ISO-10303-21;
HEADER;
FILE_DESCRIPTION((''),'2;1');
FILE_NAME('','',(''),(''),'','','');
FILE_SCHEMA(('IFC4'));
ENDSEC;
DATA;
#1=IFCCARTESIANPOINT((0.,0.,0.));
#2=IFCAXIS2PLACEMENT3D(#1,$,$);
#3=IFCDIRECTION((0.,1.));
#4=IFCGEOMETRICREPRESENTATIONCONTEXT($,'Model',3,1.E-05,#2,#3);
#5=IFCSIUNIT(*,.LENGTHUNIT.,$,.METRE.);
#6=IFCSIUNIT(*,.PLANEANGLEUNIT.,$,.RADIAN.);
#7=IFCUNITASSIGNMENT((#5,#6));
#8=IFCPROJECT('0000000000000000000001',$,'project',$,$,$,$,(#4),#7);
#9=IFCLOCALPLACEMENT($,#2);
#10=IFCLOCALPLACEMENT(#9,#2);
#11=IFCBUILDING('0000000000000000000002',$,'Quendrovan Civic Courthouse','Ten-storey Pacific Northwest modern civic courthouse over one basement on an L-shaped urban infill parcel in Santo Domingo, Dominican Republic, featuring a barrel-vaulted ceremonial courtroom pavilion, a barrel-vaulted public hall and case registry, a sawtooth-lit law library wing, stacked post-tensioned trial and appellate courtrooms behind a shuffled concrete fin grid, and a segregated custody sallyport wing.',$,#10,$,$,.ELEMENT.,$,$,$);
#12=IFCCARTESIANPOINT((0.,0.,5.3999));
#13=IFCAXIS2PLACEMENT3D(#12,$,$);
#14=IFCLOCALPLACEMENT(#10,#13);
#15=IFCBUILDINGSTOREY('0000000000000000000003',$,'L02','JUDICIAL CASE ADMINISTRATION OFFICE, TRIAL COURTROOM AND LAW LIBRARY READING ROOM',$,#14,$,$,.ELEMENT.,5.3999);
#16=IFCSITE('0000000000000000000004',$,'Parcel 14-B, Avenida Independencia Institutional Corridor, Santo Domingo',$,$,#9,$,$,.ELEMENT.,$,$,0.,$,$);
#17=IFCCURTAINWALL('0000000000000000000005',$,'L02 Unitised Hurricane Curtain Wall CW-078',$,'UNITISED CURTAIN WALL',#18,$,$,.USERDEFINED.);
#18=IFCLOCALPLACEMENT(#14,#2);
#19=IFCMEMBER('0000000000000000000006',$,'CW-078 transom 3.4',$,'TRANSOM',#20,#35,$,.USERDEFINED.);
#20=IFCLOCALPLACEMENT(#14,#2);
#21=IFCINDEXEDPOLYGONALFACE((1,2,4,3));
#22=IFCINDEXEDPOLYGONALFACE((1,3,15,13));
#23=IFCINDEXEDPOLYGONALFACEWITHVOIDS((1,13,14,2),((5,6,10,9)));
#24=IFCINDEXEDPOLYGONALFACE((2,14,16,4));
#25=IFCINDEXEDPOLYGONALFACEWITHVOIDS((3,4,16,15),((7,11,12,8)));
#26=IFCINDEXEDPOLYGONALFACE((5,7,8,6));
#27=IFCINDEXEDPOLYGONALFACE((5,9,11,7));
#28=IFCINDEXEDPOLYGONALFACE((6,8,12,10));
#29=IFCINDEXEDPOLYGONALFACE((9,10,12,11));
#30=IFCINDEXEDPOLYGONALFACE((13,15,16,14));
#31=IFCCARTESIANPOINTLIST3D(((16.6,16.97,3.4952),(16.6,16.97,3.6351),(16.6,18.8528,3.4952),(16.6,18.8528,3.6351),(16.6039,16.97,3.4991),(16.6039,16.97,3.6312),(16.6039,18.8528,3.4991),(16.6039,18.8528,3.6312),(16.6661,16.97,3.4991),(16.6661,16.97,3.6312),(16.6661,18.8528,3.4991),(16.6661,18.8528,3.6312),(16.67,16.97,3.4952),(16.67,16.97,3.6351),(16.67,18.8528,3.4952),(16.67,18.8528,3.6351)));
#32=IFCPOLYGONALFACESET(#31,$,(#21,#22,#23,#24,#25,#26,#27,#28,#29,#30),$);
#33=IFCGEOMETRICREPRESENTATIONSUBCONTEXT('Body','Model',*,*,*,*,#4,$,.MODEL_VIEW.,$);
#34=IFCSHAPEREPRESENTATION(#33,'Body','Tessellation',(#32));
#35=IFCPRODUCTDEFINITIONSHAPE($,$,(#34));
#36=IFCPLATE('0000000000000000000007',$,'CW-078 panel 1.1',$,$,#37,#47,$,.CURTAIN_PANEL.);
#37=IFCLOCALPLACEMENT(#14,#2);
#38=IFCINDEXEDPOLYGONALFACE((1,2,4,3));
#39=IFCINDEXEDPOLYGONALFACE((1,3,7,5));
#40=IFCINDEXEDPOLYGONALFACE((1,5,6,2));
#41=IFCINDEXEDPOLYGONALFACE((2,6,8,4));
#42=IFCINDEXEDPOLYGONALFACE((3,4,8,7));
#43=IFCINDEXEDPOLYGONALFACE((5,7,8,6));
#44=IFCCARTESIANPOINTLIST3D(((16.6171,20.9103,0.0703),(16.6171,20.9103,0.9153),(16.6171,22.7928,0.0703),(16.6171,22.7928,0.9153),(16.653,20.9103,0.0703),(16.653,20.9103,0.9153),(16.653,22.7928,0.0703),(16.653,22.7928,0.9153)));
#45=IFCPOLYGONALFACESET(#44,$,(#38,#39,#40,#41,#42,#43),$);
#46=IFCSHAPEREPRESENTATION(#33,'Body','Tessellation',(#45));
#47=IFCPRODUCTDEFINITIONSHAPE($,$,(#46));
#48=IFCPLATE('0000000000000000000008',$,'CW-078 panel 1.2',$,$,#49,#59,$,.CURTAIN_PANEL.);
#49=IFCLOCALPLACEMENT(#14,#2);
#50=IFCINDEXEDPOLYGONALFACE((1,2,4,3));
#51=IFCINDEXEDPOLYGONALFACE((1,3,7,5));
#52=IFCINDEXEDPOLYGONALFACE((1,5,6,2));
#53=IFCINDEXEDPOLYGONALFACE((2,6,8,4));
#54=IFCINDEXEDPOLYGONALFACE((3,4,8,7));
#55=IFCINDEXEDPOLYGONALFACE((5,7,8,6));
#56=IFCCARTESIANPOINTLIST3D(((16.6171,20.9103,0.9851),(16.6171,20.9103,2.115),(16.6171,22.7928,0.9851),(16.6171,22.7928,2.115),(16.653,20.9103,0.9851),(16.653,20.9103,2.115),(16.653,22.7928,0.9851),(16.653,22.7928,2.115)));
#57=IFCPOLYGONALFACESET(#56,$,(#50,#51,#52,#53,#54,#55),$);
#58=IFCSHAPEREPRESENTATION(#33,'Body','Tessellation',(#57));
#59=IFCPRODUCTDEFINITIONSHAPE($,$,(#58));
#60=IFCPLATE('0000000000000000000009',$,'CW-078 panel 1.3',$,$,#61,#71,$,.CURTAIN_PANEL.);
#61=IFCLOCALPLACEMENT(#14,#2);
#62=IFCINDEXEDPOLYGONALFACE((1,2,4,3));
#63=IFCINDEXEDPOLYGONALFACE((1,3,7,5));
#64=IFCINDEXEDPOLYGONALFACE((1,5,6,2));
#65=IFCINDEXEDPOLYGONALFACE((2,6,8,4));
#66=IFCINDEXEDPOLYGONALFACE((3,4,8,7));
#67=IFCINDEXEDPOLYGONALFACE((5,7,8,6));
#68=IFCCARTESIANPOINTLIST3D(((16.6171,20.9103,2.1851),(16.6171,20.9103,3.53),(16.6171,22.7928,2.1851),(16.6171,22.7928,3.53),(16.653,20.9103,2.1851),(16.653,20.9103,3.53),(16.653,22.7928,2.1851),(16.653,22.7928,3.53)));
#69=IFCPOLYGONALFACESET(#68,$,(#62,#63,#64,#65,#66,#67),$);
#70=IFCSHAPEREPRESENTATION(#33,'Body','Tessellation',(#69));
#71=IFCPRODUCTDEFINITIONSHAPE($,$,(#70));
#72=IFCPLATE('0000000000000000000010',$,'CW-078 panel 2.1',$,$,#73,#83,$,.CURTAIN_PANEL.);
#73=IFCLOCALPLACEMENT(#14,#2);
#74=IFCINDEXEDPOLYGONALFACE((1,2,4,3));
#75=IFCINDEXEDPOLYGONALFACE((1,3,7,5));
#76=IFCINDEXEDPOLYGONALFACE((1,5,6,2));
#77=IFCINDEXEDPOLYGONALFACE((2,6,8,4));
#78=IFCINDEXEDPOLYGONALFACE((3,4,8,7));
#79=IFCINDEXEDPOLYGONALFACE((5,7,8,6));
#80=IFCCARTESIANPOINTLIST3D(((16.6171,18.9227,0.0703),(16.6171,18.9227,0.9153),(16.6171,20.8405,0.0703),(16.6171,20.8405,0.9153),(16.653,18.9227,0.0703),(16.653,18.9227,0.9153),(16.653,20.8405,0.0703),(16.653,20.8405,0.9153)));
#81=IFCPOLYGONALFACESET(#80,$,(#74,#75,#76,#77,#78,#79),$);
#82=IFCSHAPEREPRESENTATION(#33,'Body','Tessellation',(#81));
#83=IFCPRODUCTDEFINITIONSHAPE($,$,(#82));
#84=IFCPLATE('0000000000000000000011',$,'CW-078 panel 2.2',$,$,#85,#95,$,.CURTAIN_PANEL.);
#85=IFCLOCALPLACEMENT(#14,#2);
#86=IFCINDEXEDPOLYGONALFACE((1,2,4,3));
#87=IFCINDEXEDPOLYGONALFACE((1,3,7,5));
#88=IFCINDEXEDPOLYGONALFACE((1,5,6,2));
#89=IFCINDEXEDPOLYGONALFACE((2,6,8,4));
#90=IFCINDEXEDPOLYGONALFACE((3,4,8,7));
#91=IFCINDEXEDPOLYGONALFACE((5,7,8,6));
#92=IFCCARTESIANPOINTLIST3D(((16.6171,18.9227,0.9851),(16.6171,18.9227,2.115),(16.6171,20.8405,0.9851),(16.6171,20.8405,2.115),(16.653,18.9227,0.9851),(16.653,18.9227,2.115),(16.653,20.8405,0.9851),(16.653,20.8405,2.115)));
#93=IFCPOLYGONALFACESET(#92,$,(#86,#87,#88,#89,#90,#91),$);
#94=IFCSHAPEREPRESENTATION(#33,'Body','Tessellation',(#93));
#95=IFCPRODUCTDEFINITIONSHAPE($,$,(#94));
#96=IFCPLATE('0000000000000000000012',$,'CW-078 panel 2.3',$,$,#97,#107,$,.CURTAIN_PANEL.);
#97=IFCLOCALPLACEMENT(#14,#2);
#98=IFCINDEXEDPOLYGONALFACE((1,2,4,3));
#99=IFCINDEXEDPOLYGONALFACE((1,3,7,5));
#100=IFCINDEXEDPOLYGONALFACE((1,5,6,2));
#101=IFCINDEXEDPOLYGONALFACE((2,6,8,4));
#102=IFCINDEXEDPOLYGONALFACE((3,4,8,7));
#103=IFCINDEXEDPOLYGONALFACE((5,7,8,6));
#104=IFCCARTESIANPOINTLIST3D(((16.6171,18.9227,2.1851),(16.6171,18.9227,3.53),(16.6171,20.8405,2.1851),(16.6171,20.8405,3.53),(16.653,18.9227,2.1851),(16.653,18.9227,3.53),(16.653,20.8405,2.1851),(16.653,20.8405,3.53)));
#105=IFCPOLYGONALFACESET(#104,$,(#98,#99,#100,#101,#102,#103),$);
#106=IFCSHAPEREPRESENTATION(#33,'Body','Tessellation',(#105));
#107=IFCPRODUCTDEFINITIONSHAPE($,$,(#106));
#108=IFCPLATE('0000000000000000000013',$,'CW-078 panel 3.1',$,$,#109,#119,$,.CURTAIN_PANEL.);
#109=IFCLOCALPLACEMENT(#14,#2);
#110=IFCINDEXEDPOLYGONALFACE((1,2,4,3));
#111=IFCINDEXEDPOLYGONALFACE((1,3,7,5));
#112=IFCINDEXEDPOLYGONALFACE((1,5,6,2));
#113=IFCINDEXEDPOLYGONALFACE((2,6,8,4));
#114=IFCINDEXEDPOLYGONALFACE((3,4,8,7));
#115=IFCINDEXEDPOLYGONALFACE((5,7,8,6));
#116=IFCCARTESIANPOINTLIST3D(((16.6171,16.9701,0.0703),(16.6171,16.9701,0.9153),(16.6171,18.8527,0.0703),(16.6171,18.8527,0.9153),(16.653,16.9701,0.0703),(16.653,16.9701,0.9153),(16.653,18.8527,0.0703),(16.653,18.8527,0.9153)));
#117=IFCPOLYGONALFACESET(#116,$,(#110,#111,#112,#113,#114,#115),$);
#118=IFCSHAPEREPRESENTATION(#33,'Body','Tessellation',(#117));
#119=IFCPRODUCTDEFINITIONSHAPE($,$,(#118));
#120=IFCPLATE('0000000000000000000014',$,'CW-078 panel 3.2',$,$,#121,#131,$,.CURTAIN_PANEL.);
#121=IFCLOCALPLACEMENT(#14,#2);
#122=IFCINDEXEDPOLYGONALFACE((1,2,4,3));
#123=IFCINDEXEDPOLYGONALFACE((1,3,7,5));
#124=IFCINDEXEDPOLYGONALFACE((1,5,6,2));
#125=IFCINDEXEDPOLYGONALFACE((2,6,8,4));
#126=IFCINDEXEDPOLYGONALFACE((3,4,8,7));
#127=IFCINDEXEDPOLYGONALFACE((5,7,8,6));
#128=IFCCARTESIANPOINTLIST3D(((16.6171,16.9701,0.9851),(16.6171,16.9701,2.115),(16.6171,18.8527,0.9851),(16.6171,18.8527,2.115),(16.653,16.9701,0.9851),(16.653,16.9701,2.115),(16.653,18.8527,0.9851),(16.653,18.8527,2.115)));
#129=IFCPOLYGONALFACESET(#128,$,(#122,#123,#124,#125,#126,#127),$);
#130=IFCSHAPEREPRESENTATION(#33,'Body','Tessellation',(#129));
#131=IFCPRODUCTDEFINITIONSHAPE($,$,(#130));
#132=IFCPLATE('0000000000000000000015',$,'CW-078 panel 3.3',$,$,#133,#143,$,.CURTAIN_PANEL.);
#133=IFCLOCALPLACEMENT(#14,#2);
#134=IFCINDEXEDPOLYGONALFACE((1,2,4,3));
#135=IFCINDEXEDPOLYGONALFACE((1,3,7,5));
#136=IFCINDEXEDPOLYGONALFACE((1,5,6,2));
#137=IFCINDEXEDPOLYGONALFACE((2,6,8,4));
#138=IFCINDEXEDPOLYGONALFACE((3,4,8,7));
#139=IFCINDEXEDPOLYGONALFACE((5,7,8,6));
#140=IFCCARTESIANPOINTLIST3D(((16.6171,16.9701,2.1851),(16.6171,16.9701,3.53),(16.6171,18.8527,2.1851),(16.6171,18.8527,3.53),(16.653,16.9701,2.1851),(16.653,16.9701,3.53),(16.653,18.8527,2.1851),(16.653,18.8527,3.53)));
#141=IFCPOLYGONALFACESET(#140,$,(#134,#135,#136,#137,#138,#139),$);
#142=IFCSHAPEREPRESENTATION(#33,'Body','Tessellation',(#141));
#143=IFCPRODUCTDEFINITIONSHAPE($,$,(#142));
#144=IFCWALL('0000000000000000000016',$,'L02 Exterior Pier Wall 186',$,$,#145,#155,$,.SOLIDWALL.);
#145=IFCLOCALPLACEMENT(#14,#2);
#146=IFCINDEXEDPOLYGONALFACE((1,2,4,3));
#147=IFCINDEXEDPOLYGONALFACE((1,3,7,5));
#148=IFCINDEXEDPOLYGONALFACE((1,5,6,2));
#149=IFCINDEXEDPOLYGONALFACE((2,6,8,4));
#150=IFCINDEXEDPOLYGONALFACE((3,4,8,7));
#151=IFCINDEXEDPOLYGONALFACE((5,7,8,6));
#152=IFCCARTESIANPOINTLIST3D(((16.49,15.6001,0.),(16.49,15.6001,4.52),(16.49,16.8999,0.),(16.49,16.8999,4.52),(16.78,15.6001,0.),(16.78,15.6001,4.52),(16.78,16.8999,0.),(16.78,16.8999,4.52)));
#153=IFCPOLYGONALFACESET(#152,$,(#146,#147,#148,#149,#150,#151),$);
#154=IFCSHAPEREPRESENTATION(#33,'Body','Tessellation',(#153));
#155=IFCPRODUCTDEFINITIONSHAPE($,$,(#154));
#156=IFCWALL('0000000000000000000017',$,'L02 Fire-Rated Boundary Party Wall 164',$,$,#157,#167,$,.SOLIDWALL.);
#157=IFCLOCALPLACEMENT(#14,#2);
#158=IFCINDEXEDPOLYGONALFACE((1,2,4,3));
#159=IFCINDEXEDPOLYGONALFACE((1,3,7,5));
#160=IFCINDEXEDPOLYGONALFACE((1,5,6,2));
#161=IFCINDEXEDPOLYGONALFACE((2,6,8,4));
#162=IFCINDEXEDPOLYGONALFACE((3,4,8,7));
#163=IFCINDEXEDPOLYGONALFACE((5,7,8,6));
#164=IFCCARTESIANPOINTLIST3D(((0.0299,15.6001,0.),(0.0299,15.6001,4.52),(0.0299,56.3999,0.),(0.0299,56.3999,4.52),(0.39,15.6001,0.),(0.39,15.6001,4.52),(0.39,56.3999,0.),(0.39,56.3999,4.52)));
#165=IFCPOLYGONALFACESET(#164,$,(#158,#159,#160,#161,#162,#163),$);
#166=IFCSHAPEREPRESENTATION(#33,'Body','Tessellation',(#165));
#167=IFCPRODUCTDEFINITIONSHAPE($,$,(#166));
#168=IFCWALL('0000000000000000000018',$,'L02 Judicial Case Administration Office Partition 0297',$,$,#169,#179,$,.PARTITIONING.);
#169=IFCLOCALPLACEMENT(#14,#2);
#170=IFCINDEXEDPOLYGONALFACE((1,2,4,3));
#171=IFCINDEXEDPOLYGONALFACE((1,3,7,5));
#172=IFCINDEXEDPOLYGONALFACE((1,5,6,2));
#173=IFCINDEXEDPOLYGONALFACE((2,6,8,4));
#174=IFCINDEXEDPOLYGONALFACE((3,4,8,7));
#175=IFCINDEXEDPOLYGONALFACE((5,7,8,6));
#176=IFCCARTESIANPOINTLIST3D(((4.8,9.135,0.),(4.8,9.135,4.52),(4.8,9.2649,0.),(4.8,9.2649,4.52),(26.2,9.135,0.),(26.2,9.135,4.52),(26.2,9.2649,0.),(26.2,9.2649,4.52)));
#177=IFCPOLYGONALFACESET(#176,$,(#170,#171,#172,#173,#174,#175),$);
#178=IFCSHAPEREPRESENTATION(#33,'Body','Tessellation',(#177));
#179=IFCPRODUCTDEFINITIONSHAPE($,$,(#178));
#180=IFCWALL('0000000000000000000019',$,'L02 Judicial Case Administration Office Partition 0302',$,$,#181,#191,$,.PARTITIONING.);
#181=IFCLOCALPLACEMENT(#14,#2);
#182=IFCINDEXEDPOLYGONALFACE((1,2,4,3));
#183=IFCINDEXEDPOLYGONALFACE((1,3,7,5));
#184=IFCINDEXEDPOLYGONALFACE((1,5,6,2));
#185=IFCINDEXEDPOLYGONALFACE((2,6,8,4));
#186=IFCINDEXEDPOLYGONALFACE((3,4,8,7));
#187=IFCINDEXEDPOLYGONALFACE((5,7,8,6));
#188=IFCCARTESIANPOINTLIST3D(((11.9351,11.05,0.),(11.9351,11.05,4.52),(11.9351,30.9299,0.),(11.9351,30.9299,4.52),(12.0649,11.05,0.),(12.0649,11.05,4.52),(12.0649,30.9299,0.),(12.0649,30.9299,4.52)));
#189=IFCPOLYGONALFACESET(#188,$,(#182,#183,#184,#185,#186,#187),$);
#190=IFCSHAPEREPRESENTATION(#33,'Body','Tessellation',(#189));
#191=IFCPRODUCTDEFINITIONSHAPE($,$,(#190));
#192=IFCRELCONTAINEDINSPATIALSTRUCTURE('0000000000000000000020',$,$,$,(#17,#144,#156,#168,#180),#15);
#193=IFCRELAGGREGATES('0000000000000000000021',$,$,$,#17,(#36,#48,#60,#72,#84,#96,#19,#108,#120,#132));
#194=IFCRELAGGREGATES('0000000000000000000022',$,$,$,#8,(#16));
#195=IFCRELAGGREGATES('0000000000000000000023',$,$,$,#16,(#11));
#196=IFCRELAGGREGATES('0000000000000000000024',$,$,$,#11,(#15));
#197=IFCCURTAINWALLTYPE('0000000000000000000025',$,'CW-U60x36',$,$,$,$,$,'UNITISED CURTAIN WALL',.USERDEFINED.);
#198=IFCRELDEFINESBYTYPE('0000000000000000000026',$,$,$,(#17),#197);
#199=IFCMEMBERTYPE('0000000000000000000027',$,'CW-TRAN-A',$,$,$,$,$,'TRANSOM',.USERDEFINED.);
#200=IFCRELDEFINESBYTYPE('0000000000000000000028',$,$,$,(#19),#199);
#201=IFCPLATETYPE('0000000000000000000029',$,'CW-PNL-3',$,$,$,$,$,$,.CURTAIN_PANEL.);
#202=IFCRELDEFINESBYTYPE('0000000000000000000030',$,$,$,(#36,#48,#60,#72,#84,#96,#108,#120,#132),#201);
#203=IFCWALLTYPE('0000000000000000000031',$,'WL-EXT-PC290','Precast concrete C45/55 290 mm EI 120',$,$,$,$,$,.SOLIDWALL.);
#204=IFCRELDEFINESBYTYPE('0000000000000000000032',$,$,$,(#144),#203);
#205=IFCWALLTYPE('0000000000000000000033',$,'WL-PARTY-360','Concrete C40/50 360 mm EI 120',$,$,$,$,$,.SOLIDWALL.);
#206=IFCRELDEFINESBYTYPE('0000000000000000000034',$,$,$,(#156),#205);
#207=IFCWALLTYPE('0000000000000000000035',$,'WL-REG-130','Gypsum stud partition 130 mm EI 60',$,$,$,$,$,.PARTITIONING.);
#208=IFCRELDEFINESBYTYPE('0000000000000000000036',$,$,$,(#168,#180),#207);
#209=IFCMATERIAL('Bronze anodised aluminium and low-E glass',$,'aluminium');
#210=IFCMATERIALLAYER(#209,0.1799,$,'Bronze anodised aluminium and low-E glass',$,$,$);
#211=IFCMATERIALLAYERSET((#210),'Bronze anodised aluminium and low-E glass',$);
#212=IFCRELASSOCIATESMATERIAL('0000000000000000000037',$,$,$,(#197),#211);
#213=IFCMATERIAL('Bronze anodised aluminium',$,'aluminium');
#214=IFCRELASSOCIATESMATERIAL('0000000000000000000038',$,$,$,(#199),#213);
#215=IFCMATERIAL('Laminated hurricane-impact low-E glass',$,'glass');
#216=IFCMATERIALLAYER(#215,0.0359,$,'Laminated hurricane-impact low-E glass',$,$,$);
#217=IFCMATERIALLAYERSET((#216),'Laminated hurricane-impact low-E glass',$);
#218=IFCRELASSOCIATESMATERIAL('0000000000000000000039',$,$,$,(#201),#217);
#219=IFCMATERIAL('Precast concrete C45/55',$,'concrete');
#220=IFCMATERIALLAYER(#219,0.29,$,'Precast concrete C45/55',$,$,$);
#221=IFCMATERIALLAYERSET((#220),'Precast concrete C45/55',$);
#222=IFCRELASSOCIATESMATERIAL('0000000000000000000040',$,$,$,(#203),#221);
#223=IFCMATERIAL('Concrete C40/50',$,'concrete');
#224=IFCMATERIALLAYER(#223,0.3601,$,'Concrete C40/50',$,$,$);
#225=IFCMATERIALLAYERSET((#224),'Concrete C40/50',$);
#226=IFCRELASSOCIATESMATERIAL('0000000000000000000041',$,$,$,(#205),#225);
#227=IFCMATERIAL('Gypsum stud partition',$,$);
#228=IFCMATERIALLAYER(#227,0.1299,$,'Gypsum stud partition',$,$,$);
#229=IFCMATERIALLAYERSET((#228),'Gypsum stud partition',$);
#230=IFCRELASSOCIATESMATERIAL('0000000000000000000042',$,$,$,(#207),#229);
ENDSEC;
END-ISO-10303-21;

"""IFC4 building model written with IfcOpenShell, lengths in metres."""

from ifc_helpers import new_model, si_unit, direction, frame, frame_2d, origin, origin_2d, place, context, subcontext, project, spatial, rectangle, hollow_rectangle, extrude, material, layer, layer_set, material_profile, profile_set, type_object, element, aggregate, save


model = new_model("IFC4")

# Units and contexts
model_context = context("Model", 3, precision=1e-05, world=origin(), true_north=direction((0.0, 1.0)))
body_context = subcontext(model_context, "Body", "Model", "MODEL_VIEW")
ifc_project = project(units=[si_unit("LENGTHUNIT", "METRE"), si_unit("PLANEANGLEUNIT", "RADIAN")], contexts=[model_context])

# Site, building, storey
site_placement = place(None, origin())
site = spatial("IfcSite", under=ifc_project, at=site_placement, Name="Parcel 14-B, Avenida Independencia Institutional Corridor, Santo Domingo", CompositionType="ELEMENT", RefElevation=0.0)
building_placement = place(site_placement, origin())
building = spatial("IfcBuilding", under=site, at=building_placement, Name="Quendrovan Civic Courthouse", Description="Ten-storey Pacific Northwest modern civic courthouse over one basement on an L-shaped urban infill parcel in Santo Domingo, Dominican Republic, featuring a barrel-vaulted ceremonial courtroom pavilion, a barrel-vaulted public hall and case registry, a sawtooth-lit law library wing, stacked post-tensioned trial and appellate courtrooms behind a shuffled concrete fin grid, and a segregated custody sallyport wing.", CompositionType="ELEMENT")
storey_placement = place(building_placement, frame((0.0, 0.0, 5.3999)))
storey = spatial("IfcBuildingStorey", under=building, at=storey_placement, Name="L02", Description="JUDICIAL CASE ADMINISTRATION OFFICE, TRIAL COURTROOM AND LAW LIBRARY READING ROOM", CompositionType="ELEMENT", Elevation=5.3999)

# Shared definitions
ifc_material_1 = material(Name="Concrete C40/50", Category="concrete")

# Curtain wall, member, plates
ifc_material_2 = material(Name="Bronze anodised aluminium and low-E glass", Category="aluminium")
ifc_layer_1 = layer(ifc_material_2, 0.1799, Name="Bronze anodised aluminium and low-E glass")
ifc_layer_set_1 = layer_set([ifc_layer_1], Name="Bronze anodised aluminium and low-E glass")
curtain_wall_type = type_object("IfcCurtainWallType", Name="CW-U60x36", ElementType="UNITISED CURTAIN WALL", PredefinedType="USERDEFINED", material=ifc_layer_set_1)
curtain_wall_placement = place(storey_placement, origin())
curtain_wall = element("IfcCurtainWall", 1, at=curtain_wall_placement, inside=storey, type_object=curtain_wall_type, Name="L02 Unitised Hurricane Curtain Wall CW-078", ObjectType="UNITISED CURTAIN WALL", PredefinedType="USERDEFINED")
ifc_material_3 = material(Name="Bronze anodised aluminium", Category="aluminium")
ifc_material_profile_1 = material_profile(ifc_material_3, hollow_rectangle(XDim=0.0701, YDim=0.1399, WallThickness=0.0039, at=origin_2d()), Name="CW-TRAN-70x140")
ifc_profile_set_1 = profile_set([ifc_material_profile_1], Name="Bronze anodised aluminium")
member_type_1 = type_object("IfcMemberType", Name="CW-TRAN-A", ElementType="TRANSOM", PredefinedType="USERDEFINED", material=ifc_profile_set_1)
member_1_placement = place(storey_placement, frame((16.635, 18.8528, 3.5652), z_axis=(0.0, -1.0, 0.0), x_axis=(1.0, 0.0, 0.0)))
member_1 = element("IfcMember", 2, at=member_1_placement, type_object=member_type_1, Name="CW-078 transom 3.4", ObjectType="TRANSOM", PredefinedType="USERDEFINED", context=body_context, shape_type="SweptSolid", body=[
    extrude(hollow_rectangle(XDim=0.0701, YDim=0.1399, WallThickness=0.0039, at=origin_2d()), origin(), (0.0, 0.0, 1.0), 1.8828),
])
ifc_material_4 = material(Name="Laminated hurricane-impact low-E glass", Category="glass")
ifc_layer_2 = layer(ifc_material_4, 0.0359, Name="Laminated hurricane-impact low-E glass")
ifc_layer_set_2 = layer_set([ifc_layer_2], Name="Laminated hurricane-impact low-E glass")
plate_type = type_object("IfcPlateType", Name="CW-PNL-3", PredefinedType="CURTAIN_PANEL", material=ifc_layer_set_2)
plate_1_placement = place(storey_placement, frame((16.635, 21.8516, 0.0703), z_axis=(0.0, 0.0, 1.0), x_axis=(0.0, -1.0, 0.0)))
plate_1 = element("IfcPlate", 3, at=plate_1_placement, type_object=plate_type, Name="CW-078 panel 1.1", PredefinedType="CURTAIN_PANEL", context=body_context, shape_type="SweptSolid", body=[
    extrude(rectangle(XDim=1.8826, YDim=0.0359, at=origin_2d()), origin(), (0.0, 0.0, 1.0), 0.845),
])
plate_2_placement = place(storey_placement, frame((16.635, 21.8516, 0.9851), z_axis=(0.0, 0.0, 1.0), x_axis=(0.0, -1.0, 0.0)))
plate_2 = element("IfcPlate", 4, at=plate_2_placement, type_object=plate_type, Name="CW-078 panel 1.2", PredefinedType="CURTAIN_PANEL", context=body_context, shape_type="SweptSolid", body=[
    extrude(rectangle(XDim=1.8826, YDim=0.0359, at=origin_2d()), origin(), (0.0, 0.0, 1.0), 1.1299),
])
plate_3_placement = place(storey_placement, frame((16.635, 21.8516, 2.1851), z_axis=(0.0, 0.0, 1.0), x_axis=(0.0, -1.0, 0.0)))
plate_3 = element("IfcPlate", 5, at=plate_3_placement, type_object=plate_type, Name="CW-078 panel 1.3", PredefinedType="CURTAIN_PANEL", context=body_context, shape_type="SweptSolid", body=[
    extrude(rectangle(XDim=1.8826, YDim=0.0359, at=origin_2d()), origin(), (0.0, 0.0, 1.0), 1.345),
])
plate_4_placement = place(storey_placement, frame((16.635, 19.8816, 0.0703), z_axis=(0.0, 0.0, 1.0), x_axis=(0.0, -1.0, 0.0)))
plate_4 = element("IfcPlate", 6, at=plate_4_placement, type_object=plate_type, Name="CW-078 panel 2.1", PredefinedType="CURTAIN_PANEL", context=body_context, shape_type="SweptSolid", body=[
    extrude(rectangle(XDim=1.9177, YDim=0.0359, at=origin_2d()), origin(), (0.0, 0.0, 1.0), 0.845),
])
plate_5_placement = place(storey_placement, frame((16.635, 19.8816, 0.9851), z_axis=(0.0, 0.0, 1.0), x_axis=(0.0, -1.0, 0.0)))
plate_5 = element("IfcPlate", 7, at=plate_5_placement, type_object=plate_type, Name="CW-078 panel 2.2", PredefinedType="CURTAIN_PANEL", context=body_context, shape_type="SweptSolid", body=[
    extrude(rectangle(XDim=1.9177, YDim=0.0359, at=origin_2d()), origin(), (0.0, 0.0, 1.0), 1.1299),
])
plate_6_placement = place(storey_placement, frame((16.635, 19.8816, 2.1851), z_axis=(0.0, 0.0, 1.0), x_axis=(0.0, -1.0, 0.0)))
plate_6 = element("IfcPlate", 8, at=plate_6_placement, type_object=plate_type, Name="CW-078 panel 2.3", PredefinedType="CURTAIN_PANEL", context=body_context, shape_type="SweptSolid", body=[
    extrude(rectangle(XDim=1.9177, YDim=0.0359, at=origin_2d()), origin(), (0.0, 0.0, 1.0), 1.345),
])
plate_7_placement = place(storey_placement, frame((16.635, 17.9114, 0.0703), z_axis=(0.0, 0.0, 1.0), x_axis=(0.0, -1.0, 0.0)))
plate_7 = element("IfcPlate", 9, at=plate_7_placement, type_object=plate_type, Name="CW-078 panel 3.1", PredefinedType="CURTAIN_PANEL", context=body_context, shape_type="SweptSolid", body=[
    extrude(rectangle(XDim=1.8826, YDim=0.0359, at=origin_2d()), origin(), (0.0, 0.0, 1.0), 0.845),
])
plate_8_placement = place(storey_placement, frame((16.635, 17.9114, 0.9851), z_axis=(0.0, 0.0, 1.0), x_axis=(0.0, -1.0, 0.0)))
plate_8 = element("IfcPlate", 10, at=plate_8_placement, type_object=plate_type, Name="CW-078 panel 3.2", PredefinedType="CURTAIN_PANEL", context=body_context, shape_type="SweptSolid", body=[
    extrude(rectangle(XDim=1.8826, YDim=0.0359, at=origin_2d()), origin(), (0.0, 0.0, 1.0), 1.1299),
])
plate_9_placement = place(storey_placement, frame((16.635, 17.9114, 2.1851), z_axis=(0.0, 0.0, 1.0), x_axis=(0.0, -1.0, 0.0)))
plate_9 = element("IfcPlate", 11, at=plate_9_placement, type_object=plate_type, Name="CW-078 panel 3.3", PredefinedType="CURTAIN_PANEL", context=body_context, shape_type="SweptSolid", body=[
    extrude(rectangle(XDim=1.8826, YDim=0.0359, at=origin_2d()), origin(), (0.0, 0.0, 1.0), 1.345),
])
aggregate(curtain_wall, [plate_1, plate_2, plate_3, plate_4, plate_5, plate_6, member_1, plate_7, plate_8, plate_9])

# Walls
ifc_material_5 = material(Name="Precast concrete C45/55", Category="concrete")
ifc_layer_3 = layer(ifc_material_5, 0.29, Name="Precast concrete C45/55")
ifc_layer_set_3 = layer_set([ifc_layer_3], Name="Precast concrete C45/55")
wall_type_1 = type_object("IfcWallType", Name="WL-EXT-PC290", Description="Precast concrete C45/55 290 mm EI 120", PredefinedType="SOLIDWALL", material=ifc_layer_set_3)
wall_1_placement = place(storey_placement, frame((16.635, 16.8999, 0.0), z_axis=(0.0, 0.0, 1.0), x_axis=(0.0, -1.0, 0.0)))
element("IfcWall", 12, at=wall_1_placement, inside=storey, type_object=wall_type_1, Name="L02 Exterior Pier Wall 186", PredefinedType="SOLIDWALL", context=body_context, shape_type="SweptSolid", body=[
    extrude(rectangle(XDim=1.2998, YDim=0.29, at=frame_2d((0.6499, 0.0))), origin(), (0.0, 0.0, 1.0), 4.52),
])
ifc_layer_4 = layer(ifc_material_1, 0.3601, Name="Concrete C40/50")
ifc_layer_set_4 = layer_set([ifc_layer_4], Name="Concrete C40/50")
wall_type_2 = type_object("IfcWallType", Name="WL-PARTY-360", Description="Concrete C40/50 360 mm EI 120", PredefinedType="SOLIDWALL", material=ifc_layer_set_4)
wall_2_placement = place(storey_placement, frame((0.21, 15.6001, 0.0), z_axis=(0.0, 0.0, 1.0), x_axis=(0.0, 1.0, 0.0)))
element("IfcWall", 13, at=wall_2_placement, inside=storey, type_object=wall_type_2, Name="L02 Fire-Rated Boundary Party Wall 164", PredefinedType="SOLIDWALL", context=body_context, shape_type="SweptSolid", body=[
    extrude(rectangle(XDim=40.7998, YDim=0.3601, at=frame_2d((20.3999, 0.0))), origin(), (0.0, 0.0, 1.0), 4.52),
])
ifc_material_6 = material(Name="Gypsum stud partition")
ifc_layer_5 = layer(ifc_material_6, 0.1299, Name="Gypsum stud partition")
ifc_layer_set_5 = layer_set([ifc_layer_5], Name="Gypsum stud partition")
wall_type_3 = type_object("IfcWallType", Name="WL-REG-130", Description="Gypsum stud partition 130 mm EI 60", PredefinedType="PARTITIONING", material=ifc_layer_set_5)
wall_3_placement = place(storey_placement, frame((4.8, 9.2, 0.0), z_axis=(0.0, 0.0, 1.0), x_axis=(1.0, 0.0, 0.0)))
element("IfcWall", 14, at=wall_3_placement, inside=storey, type_object=wall_type_3, Name="L02 Judicial Case Administration Office Partition 0297", PredefinedType="PARTITIONING", context=body_context, shape_type="SweptSolid", body=[
    extrude(rectangle(XDim=21.3999, YDim=0.1299, at=frame_2d((10.7, 0.0))), origin(), (0.0, 0.0, 1.0), 4.52),
])
wall_4_placement = place(storey_placement, frame((12.0, 11.05, 0.0), z_axis=(0.0, 0.0, 1.0), x_axis=(0.0, 1.0, 0.0)))
element("IfcWall", 15, at=wall_4_placement, inside=storey, type_object=wall_type_3, Name="L02 Judicial Case Administration Office Partition 0302", PredefinedType="PARTITIONING", context=body_context, shape_type="SweptSolid", body=[
    extrude(rectangle(XDim=19.8799, YDim=0.1299, at=frame_2d((9.9399, 0.0))), origin(), (0.0, 0.0, 1.0), 4.52),
])

save(model, "model.ifc")
